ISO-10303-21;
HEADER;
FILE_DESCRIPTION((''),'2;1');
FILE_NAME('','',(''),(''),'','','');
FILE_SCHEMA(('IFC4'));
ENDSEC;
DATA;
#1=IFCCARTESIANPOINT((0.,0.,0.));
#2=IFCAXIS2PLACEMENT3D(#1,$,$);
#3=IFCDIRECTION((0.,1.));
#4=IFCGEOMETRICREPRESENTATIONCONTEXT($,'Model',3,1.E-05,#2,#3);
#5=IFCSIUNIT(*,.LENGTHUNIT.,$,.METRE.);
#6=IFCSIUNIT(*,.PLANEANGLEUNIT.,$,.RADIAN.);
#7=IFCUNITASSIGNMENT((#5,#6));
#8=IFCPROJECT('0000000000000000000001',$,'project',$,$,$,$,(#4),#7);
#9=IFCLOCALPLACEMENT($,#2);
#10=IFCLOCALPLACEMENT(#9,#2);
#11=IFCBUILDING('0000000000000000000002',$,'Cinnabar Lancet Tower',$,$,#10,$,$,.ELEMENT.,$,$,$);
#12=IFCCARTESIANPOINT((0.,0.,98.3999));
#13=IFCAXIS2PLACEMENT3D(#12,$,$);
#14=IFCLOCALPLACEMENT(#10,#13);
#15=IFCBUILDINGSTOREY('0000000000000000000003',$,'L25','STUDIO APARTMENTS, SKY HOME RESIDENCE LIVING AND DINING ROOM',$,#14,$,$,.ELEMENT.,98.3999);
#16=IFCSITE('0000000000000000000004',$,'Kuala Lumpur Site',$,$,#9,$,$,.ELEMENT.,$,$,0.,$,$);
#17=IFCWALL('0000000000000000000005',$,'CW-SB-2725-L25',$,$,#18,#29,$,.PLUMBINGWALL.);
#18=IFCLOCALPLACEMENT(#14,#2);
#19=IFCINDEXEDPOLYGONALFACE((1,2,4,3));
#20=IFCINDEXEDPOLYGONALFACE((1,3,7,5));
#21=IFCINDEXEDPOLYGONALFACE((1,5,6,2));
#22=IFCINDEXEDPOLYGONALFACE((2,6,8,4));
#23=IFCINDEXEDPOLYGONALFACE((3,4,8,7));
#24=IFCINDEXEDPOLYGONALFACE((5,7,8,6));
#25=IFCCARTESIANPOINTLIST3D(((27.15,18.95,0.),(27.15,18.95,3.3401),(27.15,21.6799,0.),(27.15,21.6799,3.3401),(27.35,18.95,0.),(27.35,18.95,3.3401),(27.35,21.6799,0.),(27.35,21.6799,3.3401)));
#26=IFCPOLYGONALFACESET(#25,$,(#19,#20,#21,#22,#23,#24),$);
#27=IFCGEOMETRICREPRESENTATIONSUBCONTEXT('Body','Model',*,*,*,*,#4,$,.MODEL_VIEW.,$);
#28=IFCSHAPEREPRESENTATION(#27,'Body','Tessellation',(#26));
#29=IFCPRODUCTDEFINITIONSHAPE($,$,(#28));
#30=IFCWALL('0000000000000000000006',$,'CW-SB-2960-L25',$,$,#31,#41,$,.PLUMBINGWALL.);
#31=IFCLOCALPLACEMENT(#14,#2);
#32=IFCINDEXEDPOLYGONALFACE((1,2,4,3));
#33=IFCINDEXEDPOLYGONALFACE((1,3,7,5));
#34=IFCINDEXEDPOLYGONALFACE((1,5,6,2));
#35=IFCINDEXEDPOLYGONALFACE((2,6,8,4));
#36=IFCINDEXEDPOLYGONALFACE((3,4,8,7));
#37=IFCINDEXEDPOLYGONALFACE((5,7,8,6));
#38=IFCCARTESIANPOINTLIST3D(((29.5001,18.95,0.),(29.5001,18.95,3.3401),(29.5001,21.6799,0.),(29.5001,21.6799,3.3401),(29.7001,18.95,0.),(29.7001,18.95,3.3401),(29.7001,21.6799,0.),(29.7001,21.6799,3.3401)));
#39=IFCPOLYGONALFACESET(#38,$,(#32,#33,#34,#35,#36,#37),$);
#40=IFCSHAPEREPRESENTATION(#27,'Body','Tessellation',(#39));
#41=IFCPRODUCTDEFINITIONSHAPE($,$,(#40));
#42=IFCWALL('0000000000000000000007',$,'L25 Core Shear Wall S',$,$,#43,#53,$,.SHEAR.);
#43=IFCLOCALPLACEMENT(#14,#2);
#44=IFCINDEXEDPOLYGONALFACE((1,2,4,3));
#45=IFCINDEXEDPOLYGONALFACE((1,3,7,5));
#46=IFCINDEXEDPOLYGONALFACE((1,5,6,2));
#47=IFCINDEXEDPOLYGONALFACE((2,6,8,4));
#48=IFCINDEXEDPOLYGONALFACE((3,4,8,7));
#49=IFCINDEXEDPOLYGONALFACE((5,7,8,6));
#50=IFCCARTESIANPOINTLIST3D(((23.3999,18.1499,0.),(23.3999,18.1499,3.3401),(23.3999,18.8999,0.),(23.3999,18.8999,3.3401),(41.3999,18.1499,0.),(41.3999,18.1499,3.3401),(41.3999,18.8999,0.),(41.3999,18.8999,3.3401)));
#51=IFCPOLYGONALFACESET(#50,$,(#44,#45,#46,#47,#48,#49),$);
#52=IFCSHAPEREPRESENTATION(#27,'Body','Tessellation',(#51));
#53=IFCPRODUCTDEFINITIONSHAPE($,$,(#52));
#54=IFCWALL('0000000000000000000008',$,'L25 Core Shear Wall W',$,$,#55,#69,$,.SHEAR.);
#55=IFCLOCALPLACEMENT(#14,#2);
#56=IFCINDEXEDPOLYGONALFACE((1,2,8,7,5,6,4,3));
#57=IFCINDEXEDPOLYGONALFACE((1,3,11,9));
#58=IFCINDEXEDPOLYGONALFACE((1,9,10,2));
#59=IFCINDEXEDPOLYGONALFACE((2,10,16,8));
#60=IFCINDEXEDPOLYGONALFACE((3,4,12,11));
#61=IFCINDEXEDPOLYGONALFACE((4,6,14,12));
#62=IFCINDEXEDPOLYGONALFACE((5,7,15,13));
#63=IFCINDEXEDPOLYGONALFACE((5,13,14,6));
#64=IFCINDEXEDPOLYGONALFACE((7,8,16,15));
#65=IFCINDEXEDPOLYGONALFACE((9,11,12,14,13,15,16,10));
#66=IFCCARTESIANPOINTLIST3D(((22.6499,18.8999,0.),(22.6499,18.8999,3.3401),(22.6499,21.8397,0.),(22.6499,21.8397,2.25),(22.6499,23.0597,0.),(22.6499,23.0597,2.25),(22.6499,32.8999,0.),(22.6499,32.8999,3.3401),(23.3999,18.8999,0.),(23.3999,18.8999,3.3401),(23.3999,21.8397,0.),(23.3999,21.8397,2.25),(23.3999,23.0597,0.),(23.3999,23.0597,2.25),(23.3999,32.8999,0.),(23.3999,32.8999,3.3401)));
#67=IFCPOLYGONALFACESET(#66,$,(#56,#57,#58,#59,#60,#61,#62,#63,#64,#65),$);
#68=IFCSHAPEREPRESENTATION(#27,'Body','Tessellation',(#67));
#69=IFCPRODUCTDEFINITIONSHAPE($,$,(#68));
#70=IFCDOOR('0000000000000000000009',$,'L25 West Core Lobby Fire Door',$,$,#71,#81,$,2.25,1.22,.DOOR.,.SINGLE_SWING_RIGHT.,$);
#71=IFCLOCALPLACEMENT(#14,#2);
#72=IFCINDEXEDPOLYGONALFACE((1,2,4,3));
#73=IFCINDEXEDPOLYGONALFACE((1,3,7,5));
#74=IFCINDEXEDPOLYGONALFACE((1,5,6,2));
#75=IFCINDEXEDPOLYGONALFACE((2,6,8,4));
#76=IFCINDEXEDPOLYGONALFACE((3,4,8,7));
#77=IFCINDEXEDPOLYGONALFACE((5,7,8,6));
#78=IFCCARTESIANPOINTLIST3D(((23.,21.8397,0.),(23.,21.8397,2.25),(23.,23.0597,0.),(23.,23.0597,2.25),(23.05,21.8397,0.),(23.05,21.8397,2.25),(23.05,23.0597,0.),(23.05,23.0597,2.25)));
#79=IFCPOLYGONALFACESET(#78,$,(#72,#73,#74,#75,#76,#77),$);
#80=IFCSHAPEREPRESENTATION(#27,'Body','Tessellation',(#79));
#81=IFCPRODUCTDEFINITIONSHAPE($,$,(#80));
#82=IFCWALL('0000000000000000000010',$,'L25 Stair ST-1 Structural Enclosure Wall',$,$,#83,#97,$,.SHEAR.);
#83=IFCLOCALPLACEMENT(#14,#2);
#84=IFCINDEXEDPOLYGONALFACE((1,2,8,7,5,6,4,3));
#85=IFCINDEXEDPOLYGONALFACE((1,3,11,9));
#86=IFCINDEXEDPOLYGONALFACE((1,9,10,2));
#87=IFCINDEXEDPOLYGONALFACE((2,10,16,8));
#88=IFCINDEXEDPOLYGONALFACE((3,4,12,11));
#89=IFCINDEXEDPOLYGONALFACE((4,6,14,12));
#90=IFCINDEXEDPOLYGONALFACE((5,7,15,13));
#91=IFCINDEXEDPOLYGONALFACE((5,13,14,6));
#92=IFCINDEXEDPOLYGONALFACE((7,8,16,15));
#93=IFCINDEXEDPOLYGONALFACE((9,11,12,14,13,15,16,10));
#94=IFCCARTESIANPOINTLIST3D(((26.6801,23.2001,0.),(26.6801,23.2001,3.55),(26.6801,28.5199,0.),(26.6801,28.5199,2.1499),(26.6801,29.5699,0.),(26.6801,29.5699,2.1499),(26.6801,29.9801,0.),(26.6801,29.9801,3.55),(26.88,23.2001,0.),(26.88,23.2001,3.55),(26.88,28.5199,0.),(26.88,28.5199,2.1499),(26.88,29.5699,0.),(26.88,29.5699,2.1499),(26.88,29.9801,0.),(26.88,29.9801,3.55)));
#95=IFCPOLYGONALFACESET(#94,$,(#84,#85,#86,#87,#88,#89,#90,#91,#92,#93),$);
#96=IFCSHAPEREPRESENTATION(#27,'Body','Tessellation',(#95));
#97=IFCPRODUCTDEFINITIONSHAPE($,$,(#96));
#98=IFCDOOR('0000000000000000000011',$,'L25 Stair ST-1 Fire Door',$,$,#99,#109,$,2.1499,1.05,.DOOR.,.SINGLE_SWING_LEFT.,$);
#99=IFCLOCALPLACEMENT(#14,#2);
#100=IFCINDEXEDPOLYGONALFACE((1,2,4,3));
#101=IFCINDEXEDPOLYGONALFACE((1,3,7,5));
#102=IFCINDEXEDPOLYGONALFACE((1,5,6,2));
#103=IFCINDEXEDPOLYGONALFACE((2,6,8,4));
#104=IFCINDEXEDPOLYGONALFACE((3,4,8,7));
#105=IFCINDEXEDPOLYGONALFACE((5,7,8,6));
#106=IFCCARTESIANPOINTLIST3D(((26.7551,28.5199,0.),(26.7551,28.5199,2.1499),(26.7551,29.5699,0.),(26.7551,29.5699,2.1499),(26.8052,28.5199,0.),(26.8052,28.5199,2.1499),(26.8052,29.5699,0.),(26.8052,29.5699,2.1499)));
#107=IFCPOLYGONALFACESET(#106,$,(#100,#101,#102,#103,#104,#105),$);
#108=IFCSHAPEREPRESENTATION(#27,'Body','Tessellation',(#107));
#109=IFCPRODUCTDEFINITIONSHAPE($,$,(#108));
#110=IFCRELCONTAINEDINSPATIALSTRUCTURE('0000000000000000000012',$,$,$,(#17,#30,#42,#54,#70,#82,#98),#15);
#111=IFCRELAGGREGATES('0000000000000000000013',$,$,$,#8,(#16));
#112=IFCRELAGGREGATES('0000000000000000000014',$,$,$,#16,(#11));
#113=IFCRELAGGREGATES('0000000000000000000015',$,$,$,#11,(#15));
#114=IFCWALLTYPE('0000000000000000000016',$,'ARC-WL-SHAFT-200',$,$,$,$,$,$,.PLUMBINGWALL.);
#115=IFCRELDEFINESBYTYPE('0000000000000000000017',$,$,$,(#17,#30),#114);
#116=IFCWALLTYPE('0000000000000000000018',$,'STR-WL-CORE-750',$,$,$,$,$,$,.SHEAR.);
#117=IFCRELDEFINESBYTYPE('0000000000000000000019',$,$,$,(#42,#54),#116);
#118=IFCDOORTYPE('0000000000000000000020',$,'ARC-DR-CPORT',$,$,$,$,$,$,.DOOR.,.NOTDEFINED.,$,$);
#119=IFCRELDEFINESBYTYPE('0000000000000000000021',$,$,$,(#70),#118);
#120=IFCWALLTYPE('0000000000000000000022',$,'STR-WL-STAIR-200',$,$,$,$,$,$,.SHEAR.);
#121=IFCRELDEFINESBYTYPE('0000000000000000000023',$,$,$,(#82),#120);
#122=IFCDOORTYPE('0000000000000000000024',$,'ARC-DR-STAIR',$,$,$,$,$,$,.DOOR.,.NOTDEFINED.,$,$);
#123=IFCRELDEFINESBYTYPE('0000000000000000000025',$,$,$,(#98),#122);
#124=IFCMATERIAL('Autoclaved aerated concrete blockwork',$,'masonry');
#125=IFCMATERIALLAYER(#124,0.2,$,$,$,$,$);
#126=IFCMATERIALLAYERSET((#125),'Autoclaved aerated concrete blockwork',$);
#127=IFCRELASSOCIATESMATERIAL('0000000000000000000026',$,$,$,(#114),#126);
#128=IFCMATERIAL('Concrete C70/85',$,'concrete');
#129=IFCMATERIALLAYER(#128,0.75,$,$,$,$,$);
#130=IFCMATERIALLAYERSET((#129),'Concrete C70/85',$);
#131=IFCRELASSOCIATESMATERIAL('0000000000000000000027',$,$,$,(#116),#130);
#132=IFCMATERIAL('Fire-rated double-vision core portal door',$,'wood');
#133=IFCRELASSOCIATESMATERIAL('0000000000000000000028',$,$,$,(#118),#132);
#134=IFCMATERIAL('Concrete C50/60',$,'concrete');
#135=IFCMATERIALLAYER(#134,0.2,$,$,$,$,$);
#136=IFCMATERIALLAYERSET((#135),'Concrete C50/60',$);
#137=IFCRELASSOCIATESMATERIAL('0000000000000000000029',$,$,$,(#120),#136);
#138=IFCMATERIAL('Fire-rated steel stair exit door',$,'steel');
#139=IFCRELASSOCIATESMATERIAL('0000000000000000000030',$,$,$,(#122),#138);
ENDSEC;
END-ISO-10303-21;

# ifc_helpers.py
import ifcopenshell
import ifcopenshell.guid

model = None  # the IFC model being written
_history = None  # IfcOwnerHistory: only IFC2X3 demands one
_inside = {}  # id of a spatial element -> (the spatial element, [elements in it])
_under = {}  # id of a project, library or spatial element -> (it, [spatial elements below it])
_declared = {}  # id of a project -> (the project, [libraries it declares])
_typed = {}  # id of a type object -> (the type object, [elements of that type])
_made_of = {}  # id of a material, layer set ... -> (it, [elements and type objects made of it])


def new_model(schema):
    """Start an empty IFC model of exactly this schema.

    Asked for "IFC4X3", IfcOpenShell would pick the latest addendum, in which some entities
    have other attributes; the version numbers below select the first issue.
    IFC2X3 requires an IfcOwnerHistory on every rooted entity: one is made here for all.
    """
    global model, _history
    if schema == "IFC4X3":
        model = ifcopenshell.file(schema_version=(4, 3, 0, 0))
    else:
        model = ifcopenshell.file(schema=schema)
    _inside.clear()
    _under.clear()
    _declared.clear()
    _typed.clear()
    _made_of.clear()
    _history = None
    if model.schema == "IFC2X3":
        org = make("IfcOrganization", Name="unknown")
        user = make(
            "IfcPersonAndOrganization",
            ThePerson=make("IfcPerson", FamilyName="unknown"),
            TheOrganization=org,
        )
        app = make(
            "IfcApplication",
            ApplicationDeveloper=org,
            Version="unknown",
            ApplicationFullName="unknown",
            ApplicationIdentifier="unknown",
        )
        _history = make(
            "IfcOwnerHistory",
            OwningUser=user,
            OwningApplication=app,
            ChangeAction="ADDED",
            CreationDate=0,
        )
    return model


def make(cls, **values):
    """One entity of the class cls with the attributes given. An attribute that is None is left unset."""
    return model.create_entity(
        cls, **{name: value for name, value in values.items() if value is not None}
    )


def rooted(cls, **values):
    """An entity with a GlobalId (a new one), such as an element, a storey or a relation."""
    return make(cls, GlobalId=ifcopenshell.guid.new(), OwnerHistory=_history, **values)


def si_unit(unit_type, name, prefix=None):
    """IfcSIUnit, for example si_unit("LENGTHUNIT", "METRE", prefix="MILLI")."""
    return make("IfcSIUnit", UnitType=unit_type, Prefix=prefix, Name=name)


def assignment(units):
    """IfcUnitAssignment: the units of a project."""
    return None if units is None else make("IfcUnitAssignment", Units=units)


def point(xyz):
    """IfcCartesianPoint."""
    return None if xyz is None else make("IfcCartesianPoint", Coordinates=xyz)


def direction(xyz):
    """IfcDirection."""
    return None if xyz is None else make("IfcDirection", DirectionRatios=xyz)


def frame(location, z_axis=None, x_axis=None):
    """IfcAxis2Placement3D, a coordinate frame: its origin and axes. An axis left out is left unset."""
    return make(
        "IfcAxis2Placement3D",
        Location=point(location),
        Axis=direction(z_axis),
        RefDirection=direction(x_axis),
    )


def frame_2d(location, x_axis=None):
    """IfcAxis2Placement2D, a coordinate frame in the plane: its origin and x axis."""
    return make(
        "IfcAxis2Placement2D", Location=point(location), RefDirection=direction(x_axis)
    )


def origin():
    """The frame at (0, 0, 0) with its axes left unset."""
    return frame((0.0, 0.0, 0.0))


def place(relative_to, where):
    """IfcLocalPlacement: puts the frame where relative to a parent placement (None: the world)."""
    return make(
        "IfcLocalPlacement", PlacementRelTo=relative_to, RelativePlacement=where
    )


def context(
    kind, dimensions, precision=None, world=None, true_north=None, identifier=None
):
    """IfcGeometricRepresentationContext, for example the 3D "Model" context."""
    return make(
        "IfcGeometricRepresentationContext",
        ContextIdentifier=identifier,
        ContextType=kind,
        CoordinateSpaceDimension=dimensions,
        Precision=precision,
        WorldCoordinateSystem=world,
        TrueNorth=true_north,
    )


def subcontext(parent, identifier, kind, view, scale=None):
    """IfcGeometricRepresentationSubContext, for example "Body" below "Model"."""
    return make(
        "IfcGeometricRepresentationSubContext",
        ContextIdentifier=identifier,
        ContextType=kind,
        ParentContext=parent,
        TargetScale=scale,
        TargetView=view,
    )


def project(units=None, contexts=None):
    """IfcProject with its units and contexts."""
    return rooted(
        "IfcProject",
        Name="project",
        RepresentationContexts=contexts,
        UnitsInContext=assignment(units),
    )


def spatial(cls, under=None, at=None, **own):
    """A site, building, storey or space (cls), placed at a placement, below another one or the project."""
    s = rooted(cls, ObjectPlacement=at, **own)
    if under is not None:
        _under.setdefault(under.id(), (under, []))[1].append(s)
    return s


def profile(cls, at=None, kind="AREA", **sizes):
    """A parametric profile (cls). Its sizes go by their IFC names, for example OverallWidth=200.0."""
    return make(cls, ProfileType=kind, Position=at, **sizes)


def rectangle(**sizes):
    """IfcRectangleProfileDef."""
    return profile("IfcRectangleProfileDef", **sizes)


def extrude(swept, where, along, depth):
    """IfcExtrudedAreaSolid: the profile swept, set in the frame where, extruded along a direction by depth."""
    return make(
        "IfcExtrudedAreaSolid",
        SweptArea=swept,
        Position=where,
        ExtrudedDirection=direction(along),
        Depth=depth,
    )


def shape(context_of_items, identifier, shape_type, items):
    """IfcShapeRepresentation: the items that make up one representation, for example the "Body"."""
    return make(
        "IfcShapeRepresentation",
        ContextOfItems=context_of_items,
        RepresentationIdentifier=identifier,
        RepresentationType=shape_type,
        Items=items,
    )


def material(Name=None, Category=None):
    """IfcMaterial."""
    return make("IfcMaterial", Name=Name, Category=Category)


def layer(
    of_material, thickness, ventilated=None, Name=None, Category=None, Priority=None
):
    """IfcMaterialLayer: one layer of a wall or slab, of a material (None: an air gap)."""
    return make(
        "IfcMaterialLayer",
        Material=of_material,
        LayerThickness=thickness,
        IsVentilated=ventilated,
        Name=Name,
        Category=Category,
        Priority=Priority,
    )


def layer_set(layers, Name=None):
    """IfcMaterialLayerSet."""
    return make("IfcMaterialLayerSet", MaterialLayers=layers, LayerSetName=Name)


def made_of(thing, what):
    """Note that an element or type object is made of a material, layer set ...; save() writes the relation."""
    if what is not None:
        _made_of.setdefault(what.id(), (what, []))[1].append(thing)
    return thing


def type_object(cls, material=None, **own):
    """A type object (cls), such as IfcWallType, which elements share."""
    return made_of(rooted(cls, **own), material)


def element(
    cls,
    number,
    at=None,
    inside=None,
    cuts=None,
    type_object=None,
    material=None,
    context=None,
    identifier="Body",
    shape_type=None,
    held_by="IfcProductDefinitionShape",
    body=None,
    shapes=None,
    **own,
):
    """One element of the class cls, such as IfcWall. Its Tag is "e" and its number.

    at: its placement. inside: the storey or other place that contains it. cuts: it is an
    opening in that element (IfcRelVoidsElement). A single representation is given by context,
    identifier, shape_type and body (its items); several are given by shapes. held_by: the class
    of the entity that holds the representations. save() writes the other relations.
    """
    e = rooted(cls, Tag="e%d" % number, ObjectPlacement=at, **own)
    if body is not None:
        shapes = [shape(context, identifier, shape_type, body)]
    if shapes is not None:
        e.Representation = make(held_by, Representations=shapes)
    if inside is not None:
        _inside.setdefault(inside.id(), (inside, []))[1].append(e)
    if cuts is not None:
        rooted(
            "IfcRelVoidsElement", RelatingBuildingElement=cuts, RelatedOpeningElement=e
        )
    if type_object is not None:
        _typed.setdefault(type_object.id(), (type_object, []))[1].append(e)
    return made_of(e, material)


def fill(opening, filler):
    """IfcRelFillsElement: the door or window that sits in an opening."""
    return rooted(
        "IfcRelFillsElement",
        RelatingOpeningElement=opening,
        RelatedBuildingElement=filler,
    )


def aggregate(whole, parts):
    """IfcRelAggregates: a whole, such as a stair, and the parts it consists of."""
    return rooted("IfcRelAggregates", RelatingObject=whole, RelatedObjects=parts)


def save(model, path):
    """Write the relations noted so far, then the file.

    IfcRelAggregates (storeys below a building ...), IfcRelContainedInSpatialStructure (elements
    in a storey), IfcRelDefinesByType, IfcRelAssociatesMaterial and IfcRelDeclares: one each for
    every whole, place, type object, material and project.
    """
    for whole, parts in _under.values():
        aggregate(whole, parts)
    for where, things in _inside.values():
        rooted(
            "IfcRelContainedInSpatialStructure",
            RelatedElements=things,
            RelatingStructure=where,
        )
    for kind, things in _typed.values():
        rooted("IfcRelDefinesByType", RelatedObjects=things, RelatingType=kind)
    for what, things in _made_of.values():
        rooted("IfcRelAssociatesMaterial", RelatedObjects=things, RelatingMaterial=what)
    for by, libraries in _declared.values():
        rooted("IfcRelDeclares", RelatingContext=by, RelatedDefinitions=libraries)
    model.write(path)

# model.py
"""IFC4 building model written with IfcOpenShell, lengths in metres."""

from ifc_helpers import new_model, si_unit, direction, frame, frame_2d, origin, place, context, subcontext, project, spatial, rectangle, extrude, material, layer, layer_set, type_object, element, fill, save


model = new_model("IFC4")

# Units and contexts
model_context = context("Model", 3, precision=1e-05, world=origin(), true_north=direction((0.0, 1.0)))
body_context = subcontext(model_context, "Body", "Model", "MODEL_VIEW")
ifc_project = project(units=[si_unit("LENGTHUNIT", "METRE"), si_unit("PLANEANGLEUNIT", "RADIAN")], contexts=[model_context])

# Site, building, storey
site_placement = place(None, origin())
site = spatial("IfcSite", under=ifc_project, at=site_placement, Name="Kuala Lumpur Site", CompositionType="ELEMENT", RefElevation=0.0)
building_placement = place(site_placement, origin())
building = spatial("IfcBuilding", under=site, at=building_placement, Name="Cinnabar Lancet Tower", CompositionType="ELEMENT")
storey_placement = place(building_placement, frame((0.0, 0.0, 98.3999)))
storey = spatial("IfcBuildingStorey", under=building, at=storey_placement, Name="L25", Description="STUDIO APARTMENTS, SKY HOME RESIDENCE LIVING AND DINING ROOM", CompositionType="ELEMENT", Elevation=98.3999)

# Shared definitions
ifc_material_1 = material(Name="Autoclaved aerated concrete blockwork", Category="masonry")
ifc_layer_1 = layer(ifc_material_1, 0.2)
ifc_layer_set_1 = layer_set([ifc_layer_1], Name="Autoclaved aerated concrete blockwork")
wall_type_1 = type_object("IfcWallType", Name="ARC-WL-SHAFT-200", PredefinedType="PLUMBINGWALL", material=ifc_layer_set_1)

# Walls
for number, where, z_axis, x_axis, name in (
    (1, (27.25, 18.95, 0.0), (0.0, 0.0, 1.0), (0.0, 1.0, 0.0), "CW-SB-2725-L25"),
    (2, (29.6001, 18.95, 0.0), (0.0, 0.0, 1.0), (0.0, 1.0, 0.0), "CW-SB-2960-L25"),
):
    element("IfcWall", number, at=place(storey_placement, frame(where, z_axis=z_axis, x_axis=x_axis)), inside=storey, type_object=wall_type_1, Name=name, PredefinedType="PLUMBINGWALL", context=body_context, shape_type="SweptSolid", body=[
        extrude(rectangle(XDim=2.73, YDim=0.2, at=frame_2d((1.365, 0.0))), origin(), (0.0, 0.0, 1.0), 3.3401),
    ])
ifc_material_2 = material(Name="Concrete C70/85", Category="concrete")
ifc_layer_2 = layer(ifc_material_2, 0.75)
ifc_layer_set_2 = layer_set([ifc_layer_2], Name="Concrete C70/85")
wall_type_2 = type_object("IfcWallType", Name="STR-WL-CORE-750", PredefinedType="SHEAR", material=ifc_layer_set_2)
wall_1_placement = place(storey_placement, frame((23.3999, 18.5249, 0.0), z_axis=(0.0, 0.0, 1.0), x_axis=(1.0, 0.0, 0.0)))
element("IfcWall", 3, at=wall_1_placement, inside=storey, type_object=wall_type_2, Name="L25 Core Shear Wall S", PredefinedType="SHEAR", context=body_context, shape_type="SweptSolid", body=[
    extrude(rectangle(XDim=18.0, YDim=0.75, at=frame_2d((9.0, 0.0))), origin(), (0.0, 0.0, 1.0), 3.3401),
])

# Walls, openings, doors
wall_2_placement = place(storey_placement, frame((23.0249, 18.8999, 0.0), z_axis=(0.0, 0.0, 1.0), x_axis=(0.0, 1.0, 0.0)))
wall_2 = element("IfcWall", 4, at=wall_2_placement, inside=storey, type_object=wall_type_2, Name="L25 Core Shear Wall W", PredefinedType="SHEAR", context=body_context, shape_type="SweptSolid", body=[
    extrude(rectangle(XDim=14.0, YDim=0.75, at=frame_2d((7.0, 0.0))), origin(), (0.0, 0.0, 1.0), 3.3401),
])
opening_1_placement = place(wall_2_placement, frame((2.9399, 0.0, 0.0)))
opening_1 = element("IfcOpeningElement", 5, at=opening_1_placement, cuts=wall_2, PredefinedType="OPENING", context=body_context, shape_type="SweptSolid", body=[
    extrude(rectangle(XDim=1.22, YDim=2.25, at=frame_2d((0.6099, 1.125))), frame((0.0, 0.385, 0.0), z_axis=(0.0, -1.0, 0.0), x_axis=(1.0, 0.0, 0.0)), (0.0, 0.0, 1.0), 0.77),
])
ifc_material_3 = material(Name="Fire-rated double-vision core portal door", Category="wood")
door_type_1 = type_object("IfcDoorType", Name="ARC-DR-CPORT", OperationType="NOTDEFINED", PredefinedType="DOOR", material=ifc_material_3)
door_1_placement = place(opening_1_placement, origin())
door_1 = element("IfcDoor", 6, at=door_1_placement, inside=storey, type_object=door_type_1, Name="L25 West Core Lobby Fire Door", OperationType="SINGLE_SWING_RIGHT", OverallHeight=2.25, OverallWidth=1.22, PredefinedType="DOOR", context=body_context, shape_type="SweptSolid", body=[
    extrude(rectangle(XDim=1.22, YDim=2.25, at=frame_2d((0.6099, 1.125))), frame((0.0, 0.0249, 0.0), z_axis=(0.0, -1.0, 0.0), x_axis=(1.0, 0.0, 0.0)), (0.0, 0.0, 1.0), 0.05),
])
fill(opening_1, door_1)
ifc_material_4 = material(Name="Concrete C50/60", Category="concrete")
ifc_layer_3 = layer(ifc_material_4, 0.2)
ifc_layer_set_3 = layer_set([ifc_layer_3], Name="Concrete C50/60")
wall_type_3 = type_object("IfcWallType", Name="STR-WL-STAIR-200", PredefinedType="SHEAR", material=ifc_layer_set_3)
wall_3_placement = place(storey_placement, frame((26.78, 23.2, 0.0), z_axis=(0.0, 0.0, 1.0), x_axis=(0.0, 1.0, 0.0)))
wall_3 = element("IfcWall", 7, at=wall_3_placement, inside=storey, type_object=wall_type_3, Name="L25 Stair ST-1 Structural Enclosure Wall", PredefinedType="SHEAR", context=body_context, shape_type="SweptSolid", body=[
    extrude(rectangle(XDim=6.78, YDim=0.2, at=frame_2d((3.3901, 0.0))), origin(), (0.0, 0.0, 1.0), 3.55),
])
opening_2_placement = place(wall_3_placement, frame((5.3201, 0.0, 0.0)))
opening_2 = element("IfcOpeningElement", 8, at=opening_2_placement, cuts=wall_3, PredefinedType="OPENING", context=body_context, shape_type="SweptSolid", body=[
    extrude(rectangle(XDim=1.05, YDim=2.1499, at=frame_2d((0.5249, 1.075))), frame((0.0, 0.1099, 0.0), z_axis=(0.0, -1.0, 0.0), x_axis=(1.0, 0.0, 0.0)), (0.0, 0.0, 1.0), 0.22),
])
ifc_material_5 = material(Name="Fire-rated steel stair exit door", Category="steel")
door_type_2 = type_object("IfcDoorType", Name="ARC-DR-STAIR", OperationType="NOTDEFINED", PredefinedType="DOOR", material=ifc_material_5)
door_2_placement = place(opening_2_placement, origin())
door_2 = element("IfcDoor", 9, at=door_2_placement, inside=storey, type_object=door_type_2, Name="L25 Stair ST-1 Fire Door", OperationType="SINGLE_SWING_LEFT", OverallHeight=2.1499, OverallWidth=1.05, PredefinedType="DOOR", context=body_context, shape_type="SweptSolid", body=[
    extrude(rectangle(XDim=1.05, YDim=2.1499, at=frame_2d((0.5249, 1.075))), frame((0.0, 0.0249, 0.0), z_axis=(0.0, -1.0, 0.0), x_axis=(1.0, 0.0, 0.0)), (0.0, 0.0, 1.0), 0.05),
])
fill(opening_2, door_2)

save(model, "model.ifc")
